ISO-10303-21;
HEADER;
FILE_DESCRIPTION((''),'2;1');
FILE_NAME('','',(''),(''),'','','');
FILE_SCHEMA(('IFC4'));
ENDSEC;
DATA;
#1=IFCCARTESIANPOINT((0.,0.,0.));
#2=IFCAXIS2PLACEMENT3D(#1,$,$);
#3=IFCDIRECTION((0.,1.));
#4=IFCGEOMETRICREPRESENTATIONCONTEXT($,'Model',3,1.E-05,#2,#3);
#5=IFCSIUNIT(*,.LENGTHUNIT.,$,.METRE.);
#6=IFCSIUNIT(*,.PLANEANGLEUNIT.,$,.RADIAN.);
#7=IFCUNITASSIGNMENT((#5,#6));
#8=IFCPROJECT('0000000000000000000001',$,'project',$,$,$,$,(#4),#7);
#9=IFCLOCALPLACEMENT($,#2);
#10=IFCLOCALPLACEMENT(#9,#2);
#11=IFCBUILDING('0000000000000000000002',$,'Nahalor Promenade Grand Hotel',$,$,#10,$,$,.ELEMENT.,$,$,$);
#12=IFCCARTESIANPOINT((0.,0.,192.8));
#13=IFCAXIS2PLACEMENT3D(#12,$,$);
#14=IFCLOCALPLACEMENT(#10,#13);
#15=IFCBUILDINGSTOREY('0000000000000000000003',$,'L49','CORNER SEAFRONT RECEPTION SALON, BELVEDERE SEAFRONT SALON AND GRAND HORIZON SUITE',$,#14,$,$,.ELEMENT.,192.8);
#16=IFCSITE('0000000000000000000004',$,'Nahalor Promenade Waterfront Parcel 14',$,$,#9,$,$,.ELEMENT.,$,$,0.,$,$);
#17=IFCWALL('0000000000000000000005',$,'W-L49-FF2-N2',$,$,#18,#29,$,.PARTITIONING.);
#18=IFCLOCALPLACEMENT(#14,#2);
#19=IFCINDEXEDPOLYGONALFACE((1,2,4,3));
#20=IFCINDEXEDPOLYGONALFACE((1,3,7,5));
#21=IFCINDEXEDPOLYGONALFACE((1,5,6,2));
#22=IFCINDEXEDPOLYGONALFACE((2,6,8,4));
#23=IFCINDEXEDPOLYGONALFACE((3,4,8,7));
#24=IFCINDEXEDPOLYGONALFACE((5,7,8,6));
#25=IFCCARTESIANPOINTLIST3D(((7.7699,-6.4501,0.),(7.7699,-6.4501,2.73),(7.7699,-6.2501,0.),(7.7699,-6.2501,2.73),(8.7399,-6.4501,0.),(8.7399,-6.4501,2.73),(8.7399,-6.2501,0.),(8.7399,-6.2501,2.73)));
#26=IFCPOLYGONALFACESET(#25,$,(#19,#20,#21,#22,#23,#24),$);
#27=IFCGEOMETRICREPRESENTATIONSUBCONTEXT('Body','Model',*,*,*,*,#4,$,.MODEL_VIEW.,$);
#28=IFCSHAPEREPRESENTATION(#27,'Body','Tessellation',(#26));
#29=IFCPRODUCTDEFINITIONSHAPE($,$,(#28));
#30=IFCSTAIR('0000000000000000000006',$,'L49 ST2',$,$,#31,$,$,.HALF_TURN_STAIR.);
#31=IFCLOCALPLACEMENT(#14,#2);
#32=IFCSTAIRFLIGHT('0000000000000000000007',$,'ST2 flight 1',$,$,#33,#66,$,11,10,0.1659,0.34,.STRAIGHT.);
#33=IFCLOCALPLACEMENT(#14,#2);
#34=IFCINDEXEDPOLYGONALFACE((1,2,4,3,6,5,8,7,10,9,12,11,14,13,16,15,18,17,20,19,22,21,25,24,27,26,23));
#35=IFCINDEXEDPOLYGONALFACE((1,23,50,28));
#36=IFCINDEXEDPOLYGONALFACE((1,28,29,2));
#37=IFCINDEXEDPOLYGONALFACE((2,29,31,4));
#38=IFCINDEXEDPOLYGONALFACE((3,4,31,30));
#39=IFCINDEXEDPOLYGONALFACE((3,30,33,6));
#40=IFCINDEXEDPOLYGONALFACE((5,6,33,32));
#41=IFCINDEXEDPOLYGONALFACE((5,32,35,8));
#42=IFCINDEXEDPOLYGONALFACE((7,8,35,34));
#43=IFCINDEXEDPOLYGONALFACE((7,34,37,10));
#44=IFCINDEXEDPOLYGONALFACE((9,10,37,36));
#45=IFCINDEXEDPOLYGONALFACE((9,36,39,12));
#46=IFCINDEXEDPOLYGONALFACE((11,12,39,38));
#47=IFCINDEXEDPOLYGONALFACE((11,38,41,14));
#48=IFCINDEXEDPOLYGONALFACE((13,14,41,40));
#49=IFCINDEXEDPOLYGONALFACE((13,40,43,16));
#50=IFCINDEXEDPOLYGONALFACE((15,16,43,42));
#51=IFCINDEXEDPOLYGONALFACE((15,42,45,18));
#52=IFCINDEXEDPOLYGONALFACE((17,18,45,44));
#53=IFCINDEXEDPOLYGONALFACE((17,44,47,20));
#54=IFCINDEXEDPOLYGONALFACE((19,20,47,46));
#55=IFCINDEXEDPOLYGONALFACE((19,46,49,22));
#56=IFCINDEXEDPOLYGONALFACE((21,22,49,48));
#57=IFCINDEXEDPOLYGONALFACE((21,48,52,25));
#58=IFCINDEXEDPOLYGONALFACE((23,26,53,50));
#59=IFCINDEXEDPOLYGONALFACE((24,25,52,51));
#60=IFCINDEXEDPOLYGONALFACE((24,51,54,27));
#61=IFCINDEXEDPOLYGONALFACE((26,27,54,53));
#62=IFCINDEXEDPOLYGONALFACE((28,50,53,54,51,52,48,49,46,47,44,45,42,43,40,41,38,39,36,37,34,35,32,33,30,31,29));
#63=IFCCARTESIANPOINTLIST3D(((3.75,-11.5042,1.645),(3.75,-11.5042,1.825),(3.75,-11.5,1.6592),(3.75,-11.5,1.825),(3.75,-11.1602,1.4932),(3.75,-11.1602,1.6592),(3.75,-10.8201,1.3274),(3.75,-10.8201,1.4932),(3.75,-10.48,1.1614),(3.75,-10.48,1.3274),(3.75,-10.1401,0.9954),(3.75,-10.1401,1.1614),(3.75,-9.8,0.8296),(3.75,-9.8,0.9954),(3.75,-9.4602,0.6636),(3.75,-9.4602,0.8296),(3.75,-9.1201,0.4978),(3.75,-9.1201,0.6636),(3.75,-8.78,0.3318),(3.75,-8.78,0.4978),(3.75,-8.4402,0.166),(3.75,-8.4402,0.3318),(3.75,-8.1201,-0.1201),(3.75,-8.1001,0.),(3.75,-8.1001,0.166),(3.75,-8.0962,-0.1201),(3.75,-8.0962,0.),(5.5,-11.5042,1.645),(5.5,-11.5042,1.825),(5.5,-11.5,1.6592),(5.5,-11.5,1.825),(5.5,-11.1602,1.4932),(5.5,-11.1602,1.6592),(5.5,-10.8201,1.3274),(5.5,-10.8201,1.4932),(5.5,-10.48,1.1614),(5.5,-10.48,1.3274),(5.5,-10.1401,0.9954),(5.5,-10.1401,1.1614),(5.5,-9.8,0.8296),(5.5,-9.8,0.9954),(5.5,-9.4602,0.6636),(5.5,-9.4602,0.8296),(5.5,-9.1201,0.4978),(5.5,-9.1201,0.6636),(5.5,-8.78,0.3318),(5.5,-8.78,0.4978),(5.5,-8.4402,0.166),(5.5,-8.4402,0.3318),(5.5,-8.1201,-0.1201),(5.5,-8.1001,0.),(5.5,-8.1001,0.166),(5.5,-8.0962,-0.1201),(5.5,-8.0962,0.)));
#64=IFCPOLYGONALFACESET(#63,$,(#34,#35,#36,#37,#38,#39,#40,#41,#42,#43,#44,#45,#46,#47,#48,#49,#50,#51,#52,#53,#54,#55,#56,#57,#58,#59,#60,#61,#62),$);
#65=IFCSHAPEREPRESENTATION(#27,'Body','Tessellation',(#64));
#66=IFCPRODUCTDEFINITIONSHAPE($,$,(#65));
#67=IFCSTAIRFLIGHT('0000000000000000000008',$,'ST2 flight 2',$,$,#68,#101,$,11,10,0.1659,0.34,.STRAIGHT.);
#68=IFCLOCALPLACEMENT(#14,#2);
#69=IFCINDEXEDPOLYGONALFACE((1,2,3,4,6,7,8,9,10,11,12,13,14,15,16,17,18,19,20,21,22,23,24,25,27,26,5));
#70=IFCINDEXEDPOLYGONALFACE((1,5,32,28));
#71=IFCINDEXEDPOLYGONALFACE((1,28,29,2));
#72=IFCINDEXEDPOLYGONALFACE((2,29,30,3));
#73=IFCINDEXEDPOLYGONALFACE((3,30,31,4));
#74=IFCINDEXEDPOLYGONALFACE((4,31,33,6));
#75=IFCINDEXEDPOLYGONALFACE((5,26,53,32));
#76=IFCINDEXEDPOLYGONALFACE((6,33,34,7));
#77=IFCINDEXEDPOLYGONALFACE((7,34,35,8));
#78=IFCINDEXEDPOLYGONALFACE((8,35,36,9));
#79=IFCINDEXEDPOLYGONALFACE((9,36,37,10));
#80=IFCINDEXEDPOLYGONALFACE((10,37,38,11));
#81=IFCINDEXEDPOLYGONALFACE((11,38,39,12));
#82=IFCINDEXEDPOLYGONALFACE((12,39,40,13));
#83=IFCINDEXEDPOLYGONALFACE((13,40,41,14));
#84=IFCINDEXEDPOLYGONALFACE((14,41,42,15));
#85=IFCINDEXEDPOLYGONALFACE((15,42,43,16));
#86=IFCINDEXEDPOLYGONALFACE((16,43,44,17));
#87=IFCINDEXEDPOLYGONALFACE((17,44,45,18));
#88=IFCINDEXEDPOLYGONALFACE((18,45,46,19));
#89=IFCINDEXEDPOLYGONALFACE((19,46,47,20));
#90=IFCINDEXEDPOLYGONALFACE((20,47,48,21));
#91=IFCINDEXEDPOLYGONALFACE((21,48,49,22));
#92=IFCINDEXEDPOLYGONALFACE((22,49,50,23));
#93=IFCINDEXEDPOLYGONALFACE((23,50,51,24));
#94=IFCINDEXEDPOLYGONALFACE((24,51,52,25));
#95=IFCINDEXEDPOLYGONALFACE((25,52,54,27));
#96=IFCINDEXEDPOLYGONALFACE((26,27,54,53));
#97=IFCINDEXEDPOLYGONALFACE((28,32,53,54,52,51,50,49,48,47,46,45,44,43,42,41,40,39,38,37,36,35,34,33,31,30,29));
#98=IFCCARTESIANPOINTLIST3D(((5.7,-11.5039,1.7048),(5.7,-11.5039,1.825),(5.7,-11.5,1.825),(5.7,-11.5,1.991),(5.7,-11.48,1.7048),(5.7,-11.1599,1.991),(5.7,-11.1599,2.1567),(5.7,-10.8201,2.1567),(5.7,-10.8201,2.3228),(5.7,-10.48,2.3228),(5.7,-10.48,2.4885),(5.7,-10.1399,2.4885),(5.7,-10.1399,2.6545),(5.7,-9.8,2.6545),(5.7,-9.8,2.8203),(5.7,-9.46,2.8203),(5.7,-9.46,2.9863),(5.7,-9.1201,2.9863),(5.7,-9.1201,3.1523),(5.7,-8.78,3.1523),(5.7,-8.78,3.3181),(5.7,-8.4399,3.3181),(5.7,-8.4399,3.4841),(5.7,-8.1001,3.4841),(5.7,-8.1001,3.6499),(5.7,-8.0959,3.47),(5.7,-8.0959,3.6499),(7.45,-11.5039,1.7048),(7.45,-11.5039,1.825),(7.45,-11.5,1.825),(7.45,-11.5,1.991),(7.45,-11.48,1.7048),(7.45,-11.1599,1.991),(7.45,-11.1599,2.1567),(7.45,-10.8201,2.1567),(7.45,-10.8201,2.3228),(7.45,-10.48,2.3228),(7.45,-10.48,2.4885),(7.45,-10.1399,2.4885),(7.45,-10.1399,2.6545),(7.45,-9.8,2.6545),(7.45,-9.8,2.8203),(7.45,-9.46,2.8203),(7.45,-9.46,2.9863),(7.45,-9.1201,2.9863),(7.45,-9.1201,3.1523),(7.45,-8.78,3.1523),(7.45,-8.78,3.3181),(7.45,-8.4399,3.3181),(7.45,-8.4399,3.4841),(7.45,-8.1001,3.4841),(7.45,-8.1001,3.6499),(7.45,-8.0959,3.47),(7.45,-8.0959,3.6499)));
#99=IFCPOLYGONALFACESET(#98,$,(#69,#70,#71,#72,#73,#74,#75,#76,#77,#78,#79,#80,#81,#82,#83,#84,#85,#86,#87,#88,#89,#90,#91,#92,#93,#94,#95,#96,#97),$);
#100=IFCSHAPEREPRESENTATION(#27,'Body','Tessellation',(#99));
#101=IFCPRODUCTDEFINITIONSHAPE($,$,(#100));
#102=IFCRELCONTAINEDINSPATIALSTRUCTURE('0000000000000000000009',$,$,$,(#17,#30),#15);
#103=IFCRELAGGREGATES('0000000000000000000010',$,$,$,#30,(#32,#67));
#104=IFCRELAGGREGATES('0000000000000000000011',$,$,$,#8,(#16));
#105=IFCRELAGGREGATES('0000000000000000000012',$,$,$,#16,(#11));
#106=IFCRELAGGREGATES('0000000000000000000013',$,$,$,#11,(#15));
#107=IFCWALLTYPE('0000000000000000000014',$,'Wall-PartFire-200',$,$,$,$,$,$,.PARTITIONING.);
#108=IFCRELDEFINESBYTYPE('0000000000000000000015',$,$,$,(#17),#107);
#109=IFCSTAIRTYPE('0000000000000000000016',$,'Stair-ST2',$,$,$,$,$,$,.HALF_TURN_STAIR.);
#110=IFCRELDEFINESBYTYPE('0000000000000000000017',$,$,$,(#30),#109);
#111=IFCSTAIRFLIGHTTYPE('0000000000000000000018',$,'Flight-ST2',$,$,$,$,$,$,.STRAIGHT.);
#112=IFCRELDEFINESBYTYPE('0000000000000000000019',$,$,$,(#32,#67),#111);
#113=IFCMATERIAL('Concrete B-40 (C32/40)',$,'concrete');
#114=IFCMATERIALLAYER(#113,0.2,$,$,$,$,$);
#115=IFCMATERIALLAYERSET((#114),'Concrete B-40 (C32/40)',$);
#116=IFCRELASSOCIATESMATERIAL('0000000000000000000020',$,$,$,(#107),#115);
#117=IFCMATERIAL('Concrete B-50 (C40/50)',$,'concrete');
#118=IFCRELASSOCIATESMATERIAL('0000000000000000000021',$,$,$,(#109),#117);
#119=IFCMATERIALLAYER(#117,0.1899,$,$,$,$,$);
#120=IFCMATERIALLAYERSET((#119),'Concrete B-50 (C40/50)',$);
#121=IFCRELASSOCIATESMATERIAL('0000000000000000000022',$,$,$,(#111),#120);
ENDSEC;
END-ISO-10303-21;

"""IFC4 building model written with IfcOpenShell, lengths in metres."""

from ifc_helpers import new_model, si_unit, direction, frame, frame_2d, origin, place, context, subcontext, project, spatial, polyline, rectangle, outline, extrude, source, transform, mapped, material, layer, layer_set, type_object, element, aggregate, save


model = new_model("IFC4")

# Units and contexts
model_context = context("Model", 3, precision=1e-05, world=origin(), true_north=direction((0.0, 1.0)))
body_context = subcontext(model_context, "Body", "Model", "MODEL_VIEW")
ifc_project = project(units=[si_unit("LENGTHUNIT", "METRE"), si_unit("PLANEANGLEUNIT", "RADIAN")], contexts=[model_context])

# Site, building, storey
site_placement = place(None, origin())
site = spatial("IfcSite", under=ifc_project, at=site_placement, Name="Nahalor Promenade Waterfront Parcel 14", CompositionType="ELEMENT", RefElevation=0.0)
building_placement = place(site_placement, origin())
building = spatial("IfcBuilding", under=site, at=building_placement, Name="Nahalor Promenade Grand Hotel", CompositionType="ELEMENT")
storey_placement = place(building_placement, frame((0.0, 0.0, 192.8)))
storey = spatial("IfcBuildingStorey", under=building, at=storey_placement, Name="L49", Description="CORNER SEAFRONT RECEPTION SALON, BELVEDERE SEAFRONT SALON AND GRAND HORIZON SUITE", CompositionType="ELEMENT", Elevation=192.8)

# Shared definitions
ifc_material_1 = material(Name="Concrete B-50 (C40/50)", Category="concrete")

# Shared definitions
ifc_material_2 = material(Name="Concrete B-40 (C32/40)", Category="concrete")
ifc_layer_1 = layer(ifc_material_2, 0.2)
ifc_layer_set_1 = layer_set([ifc_layer_1], Name="Concrete B-40 (C32/40)")
wall_type_1 = type_object("IfcWallType", Name="Wall-PartFire-200", PredefinedType="PARTITIONING", material=ifc_layer_set_1)

# Wall
shared_shape_1 = source(origin(), body_context, "Body", "SweptSolid", [
    extrude(rectangle(XDim=0.97, YDim=0.2, at=frame_2d((0.4849, 0.0))), origin(), (0.0, 0.0, 1.0), 2.73),
])
wall_1_placement = place(storey_placement, frame((7.77, -6.3501, 0.0), z_axis=(0.0, 0.0, 1.0), x_axis=(1.0, 0.0, 0.0)))
element("IfcWall", 1, at=wall_1_placement, inside=storey, type_object=wall_type_1, Name="W-L49-FF2-N2", PredefinedType="PARTITIONING", context=body_context, shape_type="MappedRepresentation", body=[
    mapped(shared_shape_1, transform((0.0, 0.0, 0.0), scale=1.0)),
])

# Stair, stair flights
stair_type = type_object("IfcStairType", Name="Stair-ST2", PredefinedType="HALF_TURN_STAIR", material=ifc_material_1)
stair_placement = place(storey_placement, origin())
stair = element("IfcStair", 2, at=stair_placement, inside=storey, type_object=stair_type, Name="L49 ST2", PredefinedType="HALF_TURN_STAIR")
ifc_layer_2 = layer(ifc_material_1, 0.1899)
ifc_layer_set_2 = layer_set([ifc_layer_2], Name="Concrete B-50 (C40/50)")
stair_flight_type = type_object("IfcStairFlightType", Name="Flight-ST2", PredefinedType="STRAIGHT", material=ifc_layer_set_2)
shared_shape_2 = source(origin(), body_context, "Body", "SweptSolid", [
    extrude(outline(polyline([(-0.0039, -0.1201), (-0.0039, 0.0), (0.0, 0.0), (0.0, 0.166), (0.3401, 0.166), (0.3401, 0.3318), (0.6799, 0.3318), (0.6799, 0.4978), (1.02, 0.4978), (1.02, 0.6636), (1.3601, 0.6636), (1.3601, 0.8296), (1.7, 0.8296), (1.7, 0.9954), (2.04, 0.9954), (2.04, 1.1614), (2.3799, 1.1614), (2.3799, 1.3274), (2.72, 1.3274), (2.72, 1.4932), (3.0601, 1.4932), (3.0601, 1.6592), (3.3999, 1.6592), (3.3999, 1.825), (3.4041, 1.825), (3.4041, 1.645), (0.02, -0.1201), (-0.0039, -0.1201)])), frame((0.0, 0.875, 0.0), z_axis=(0.0, -1.0, 0.0), x_axis=(1.0, 0.0, 0.0)), (0.0, 0.0, 1.0), 1.75),
])
stair_flight_1_placement = place(storey_placement, frame((4.625, -8.1001, 0.0), z_axis=(0.0, 0.0, 1.0), x_axis=(0.0, -1.0, 0.0)))
stair_flight_1 = element("IfcStairFlight", 3, at=stair_flight_1_placement, type_object=stair_flight_type, Name="ST2 flight 1", NumberOfRisers=11, NumberOfTreads=10, PredefinedType="STRAIGHT", RiserHeight=0.1659, TreadLength=0.34, context=body_context, shape_type="MappedRepresentation", body=[
    mapped(shared_shape_2, transform((0.0, 0.0, 0.0), scale=1.0)),
])
stair_flight_2_placement = place(storey_placement, frame((6.575, -11.5, 1.825), z_axis=(0.0, 0.0, 1.0), x_axis=(0.0, 1.0, 0.0)))
stair_flight_2 = element("IfcStairFlight", 4, at=stair_flight_2_placement, type_object=stair_flight_type, Name="ST2 flight 2", NumberOfRisers=11, NumberOfTreads=10, PredefinedType="STRAIGHT", RiserHeight=0.1659, TreadLength=0.34, context=body_context, shape_type="MappedRepresentation", body=[
    mapped(shared_shape_2, transform((0.0, 0.0, 0.0), scale=1.0)),
])
aggregate(stair, [stair_flight_1, stair_flight_2])

save(model, "model.ifc")
